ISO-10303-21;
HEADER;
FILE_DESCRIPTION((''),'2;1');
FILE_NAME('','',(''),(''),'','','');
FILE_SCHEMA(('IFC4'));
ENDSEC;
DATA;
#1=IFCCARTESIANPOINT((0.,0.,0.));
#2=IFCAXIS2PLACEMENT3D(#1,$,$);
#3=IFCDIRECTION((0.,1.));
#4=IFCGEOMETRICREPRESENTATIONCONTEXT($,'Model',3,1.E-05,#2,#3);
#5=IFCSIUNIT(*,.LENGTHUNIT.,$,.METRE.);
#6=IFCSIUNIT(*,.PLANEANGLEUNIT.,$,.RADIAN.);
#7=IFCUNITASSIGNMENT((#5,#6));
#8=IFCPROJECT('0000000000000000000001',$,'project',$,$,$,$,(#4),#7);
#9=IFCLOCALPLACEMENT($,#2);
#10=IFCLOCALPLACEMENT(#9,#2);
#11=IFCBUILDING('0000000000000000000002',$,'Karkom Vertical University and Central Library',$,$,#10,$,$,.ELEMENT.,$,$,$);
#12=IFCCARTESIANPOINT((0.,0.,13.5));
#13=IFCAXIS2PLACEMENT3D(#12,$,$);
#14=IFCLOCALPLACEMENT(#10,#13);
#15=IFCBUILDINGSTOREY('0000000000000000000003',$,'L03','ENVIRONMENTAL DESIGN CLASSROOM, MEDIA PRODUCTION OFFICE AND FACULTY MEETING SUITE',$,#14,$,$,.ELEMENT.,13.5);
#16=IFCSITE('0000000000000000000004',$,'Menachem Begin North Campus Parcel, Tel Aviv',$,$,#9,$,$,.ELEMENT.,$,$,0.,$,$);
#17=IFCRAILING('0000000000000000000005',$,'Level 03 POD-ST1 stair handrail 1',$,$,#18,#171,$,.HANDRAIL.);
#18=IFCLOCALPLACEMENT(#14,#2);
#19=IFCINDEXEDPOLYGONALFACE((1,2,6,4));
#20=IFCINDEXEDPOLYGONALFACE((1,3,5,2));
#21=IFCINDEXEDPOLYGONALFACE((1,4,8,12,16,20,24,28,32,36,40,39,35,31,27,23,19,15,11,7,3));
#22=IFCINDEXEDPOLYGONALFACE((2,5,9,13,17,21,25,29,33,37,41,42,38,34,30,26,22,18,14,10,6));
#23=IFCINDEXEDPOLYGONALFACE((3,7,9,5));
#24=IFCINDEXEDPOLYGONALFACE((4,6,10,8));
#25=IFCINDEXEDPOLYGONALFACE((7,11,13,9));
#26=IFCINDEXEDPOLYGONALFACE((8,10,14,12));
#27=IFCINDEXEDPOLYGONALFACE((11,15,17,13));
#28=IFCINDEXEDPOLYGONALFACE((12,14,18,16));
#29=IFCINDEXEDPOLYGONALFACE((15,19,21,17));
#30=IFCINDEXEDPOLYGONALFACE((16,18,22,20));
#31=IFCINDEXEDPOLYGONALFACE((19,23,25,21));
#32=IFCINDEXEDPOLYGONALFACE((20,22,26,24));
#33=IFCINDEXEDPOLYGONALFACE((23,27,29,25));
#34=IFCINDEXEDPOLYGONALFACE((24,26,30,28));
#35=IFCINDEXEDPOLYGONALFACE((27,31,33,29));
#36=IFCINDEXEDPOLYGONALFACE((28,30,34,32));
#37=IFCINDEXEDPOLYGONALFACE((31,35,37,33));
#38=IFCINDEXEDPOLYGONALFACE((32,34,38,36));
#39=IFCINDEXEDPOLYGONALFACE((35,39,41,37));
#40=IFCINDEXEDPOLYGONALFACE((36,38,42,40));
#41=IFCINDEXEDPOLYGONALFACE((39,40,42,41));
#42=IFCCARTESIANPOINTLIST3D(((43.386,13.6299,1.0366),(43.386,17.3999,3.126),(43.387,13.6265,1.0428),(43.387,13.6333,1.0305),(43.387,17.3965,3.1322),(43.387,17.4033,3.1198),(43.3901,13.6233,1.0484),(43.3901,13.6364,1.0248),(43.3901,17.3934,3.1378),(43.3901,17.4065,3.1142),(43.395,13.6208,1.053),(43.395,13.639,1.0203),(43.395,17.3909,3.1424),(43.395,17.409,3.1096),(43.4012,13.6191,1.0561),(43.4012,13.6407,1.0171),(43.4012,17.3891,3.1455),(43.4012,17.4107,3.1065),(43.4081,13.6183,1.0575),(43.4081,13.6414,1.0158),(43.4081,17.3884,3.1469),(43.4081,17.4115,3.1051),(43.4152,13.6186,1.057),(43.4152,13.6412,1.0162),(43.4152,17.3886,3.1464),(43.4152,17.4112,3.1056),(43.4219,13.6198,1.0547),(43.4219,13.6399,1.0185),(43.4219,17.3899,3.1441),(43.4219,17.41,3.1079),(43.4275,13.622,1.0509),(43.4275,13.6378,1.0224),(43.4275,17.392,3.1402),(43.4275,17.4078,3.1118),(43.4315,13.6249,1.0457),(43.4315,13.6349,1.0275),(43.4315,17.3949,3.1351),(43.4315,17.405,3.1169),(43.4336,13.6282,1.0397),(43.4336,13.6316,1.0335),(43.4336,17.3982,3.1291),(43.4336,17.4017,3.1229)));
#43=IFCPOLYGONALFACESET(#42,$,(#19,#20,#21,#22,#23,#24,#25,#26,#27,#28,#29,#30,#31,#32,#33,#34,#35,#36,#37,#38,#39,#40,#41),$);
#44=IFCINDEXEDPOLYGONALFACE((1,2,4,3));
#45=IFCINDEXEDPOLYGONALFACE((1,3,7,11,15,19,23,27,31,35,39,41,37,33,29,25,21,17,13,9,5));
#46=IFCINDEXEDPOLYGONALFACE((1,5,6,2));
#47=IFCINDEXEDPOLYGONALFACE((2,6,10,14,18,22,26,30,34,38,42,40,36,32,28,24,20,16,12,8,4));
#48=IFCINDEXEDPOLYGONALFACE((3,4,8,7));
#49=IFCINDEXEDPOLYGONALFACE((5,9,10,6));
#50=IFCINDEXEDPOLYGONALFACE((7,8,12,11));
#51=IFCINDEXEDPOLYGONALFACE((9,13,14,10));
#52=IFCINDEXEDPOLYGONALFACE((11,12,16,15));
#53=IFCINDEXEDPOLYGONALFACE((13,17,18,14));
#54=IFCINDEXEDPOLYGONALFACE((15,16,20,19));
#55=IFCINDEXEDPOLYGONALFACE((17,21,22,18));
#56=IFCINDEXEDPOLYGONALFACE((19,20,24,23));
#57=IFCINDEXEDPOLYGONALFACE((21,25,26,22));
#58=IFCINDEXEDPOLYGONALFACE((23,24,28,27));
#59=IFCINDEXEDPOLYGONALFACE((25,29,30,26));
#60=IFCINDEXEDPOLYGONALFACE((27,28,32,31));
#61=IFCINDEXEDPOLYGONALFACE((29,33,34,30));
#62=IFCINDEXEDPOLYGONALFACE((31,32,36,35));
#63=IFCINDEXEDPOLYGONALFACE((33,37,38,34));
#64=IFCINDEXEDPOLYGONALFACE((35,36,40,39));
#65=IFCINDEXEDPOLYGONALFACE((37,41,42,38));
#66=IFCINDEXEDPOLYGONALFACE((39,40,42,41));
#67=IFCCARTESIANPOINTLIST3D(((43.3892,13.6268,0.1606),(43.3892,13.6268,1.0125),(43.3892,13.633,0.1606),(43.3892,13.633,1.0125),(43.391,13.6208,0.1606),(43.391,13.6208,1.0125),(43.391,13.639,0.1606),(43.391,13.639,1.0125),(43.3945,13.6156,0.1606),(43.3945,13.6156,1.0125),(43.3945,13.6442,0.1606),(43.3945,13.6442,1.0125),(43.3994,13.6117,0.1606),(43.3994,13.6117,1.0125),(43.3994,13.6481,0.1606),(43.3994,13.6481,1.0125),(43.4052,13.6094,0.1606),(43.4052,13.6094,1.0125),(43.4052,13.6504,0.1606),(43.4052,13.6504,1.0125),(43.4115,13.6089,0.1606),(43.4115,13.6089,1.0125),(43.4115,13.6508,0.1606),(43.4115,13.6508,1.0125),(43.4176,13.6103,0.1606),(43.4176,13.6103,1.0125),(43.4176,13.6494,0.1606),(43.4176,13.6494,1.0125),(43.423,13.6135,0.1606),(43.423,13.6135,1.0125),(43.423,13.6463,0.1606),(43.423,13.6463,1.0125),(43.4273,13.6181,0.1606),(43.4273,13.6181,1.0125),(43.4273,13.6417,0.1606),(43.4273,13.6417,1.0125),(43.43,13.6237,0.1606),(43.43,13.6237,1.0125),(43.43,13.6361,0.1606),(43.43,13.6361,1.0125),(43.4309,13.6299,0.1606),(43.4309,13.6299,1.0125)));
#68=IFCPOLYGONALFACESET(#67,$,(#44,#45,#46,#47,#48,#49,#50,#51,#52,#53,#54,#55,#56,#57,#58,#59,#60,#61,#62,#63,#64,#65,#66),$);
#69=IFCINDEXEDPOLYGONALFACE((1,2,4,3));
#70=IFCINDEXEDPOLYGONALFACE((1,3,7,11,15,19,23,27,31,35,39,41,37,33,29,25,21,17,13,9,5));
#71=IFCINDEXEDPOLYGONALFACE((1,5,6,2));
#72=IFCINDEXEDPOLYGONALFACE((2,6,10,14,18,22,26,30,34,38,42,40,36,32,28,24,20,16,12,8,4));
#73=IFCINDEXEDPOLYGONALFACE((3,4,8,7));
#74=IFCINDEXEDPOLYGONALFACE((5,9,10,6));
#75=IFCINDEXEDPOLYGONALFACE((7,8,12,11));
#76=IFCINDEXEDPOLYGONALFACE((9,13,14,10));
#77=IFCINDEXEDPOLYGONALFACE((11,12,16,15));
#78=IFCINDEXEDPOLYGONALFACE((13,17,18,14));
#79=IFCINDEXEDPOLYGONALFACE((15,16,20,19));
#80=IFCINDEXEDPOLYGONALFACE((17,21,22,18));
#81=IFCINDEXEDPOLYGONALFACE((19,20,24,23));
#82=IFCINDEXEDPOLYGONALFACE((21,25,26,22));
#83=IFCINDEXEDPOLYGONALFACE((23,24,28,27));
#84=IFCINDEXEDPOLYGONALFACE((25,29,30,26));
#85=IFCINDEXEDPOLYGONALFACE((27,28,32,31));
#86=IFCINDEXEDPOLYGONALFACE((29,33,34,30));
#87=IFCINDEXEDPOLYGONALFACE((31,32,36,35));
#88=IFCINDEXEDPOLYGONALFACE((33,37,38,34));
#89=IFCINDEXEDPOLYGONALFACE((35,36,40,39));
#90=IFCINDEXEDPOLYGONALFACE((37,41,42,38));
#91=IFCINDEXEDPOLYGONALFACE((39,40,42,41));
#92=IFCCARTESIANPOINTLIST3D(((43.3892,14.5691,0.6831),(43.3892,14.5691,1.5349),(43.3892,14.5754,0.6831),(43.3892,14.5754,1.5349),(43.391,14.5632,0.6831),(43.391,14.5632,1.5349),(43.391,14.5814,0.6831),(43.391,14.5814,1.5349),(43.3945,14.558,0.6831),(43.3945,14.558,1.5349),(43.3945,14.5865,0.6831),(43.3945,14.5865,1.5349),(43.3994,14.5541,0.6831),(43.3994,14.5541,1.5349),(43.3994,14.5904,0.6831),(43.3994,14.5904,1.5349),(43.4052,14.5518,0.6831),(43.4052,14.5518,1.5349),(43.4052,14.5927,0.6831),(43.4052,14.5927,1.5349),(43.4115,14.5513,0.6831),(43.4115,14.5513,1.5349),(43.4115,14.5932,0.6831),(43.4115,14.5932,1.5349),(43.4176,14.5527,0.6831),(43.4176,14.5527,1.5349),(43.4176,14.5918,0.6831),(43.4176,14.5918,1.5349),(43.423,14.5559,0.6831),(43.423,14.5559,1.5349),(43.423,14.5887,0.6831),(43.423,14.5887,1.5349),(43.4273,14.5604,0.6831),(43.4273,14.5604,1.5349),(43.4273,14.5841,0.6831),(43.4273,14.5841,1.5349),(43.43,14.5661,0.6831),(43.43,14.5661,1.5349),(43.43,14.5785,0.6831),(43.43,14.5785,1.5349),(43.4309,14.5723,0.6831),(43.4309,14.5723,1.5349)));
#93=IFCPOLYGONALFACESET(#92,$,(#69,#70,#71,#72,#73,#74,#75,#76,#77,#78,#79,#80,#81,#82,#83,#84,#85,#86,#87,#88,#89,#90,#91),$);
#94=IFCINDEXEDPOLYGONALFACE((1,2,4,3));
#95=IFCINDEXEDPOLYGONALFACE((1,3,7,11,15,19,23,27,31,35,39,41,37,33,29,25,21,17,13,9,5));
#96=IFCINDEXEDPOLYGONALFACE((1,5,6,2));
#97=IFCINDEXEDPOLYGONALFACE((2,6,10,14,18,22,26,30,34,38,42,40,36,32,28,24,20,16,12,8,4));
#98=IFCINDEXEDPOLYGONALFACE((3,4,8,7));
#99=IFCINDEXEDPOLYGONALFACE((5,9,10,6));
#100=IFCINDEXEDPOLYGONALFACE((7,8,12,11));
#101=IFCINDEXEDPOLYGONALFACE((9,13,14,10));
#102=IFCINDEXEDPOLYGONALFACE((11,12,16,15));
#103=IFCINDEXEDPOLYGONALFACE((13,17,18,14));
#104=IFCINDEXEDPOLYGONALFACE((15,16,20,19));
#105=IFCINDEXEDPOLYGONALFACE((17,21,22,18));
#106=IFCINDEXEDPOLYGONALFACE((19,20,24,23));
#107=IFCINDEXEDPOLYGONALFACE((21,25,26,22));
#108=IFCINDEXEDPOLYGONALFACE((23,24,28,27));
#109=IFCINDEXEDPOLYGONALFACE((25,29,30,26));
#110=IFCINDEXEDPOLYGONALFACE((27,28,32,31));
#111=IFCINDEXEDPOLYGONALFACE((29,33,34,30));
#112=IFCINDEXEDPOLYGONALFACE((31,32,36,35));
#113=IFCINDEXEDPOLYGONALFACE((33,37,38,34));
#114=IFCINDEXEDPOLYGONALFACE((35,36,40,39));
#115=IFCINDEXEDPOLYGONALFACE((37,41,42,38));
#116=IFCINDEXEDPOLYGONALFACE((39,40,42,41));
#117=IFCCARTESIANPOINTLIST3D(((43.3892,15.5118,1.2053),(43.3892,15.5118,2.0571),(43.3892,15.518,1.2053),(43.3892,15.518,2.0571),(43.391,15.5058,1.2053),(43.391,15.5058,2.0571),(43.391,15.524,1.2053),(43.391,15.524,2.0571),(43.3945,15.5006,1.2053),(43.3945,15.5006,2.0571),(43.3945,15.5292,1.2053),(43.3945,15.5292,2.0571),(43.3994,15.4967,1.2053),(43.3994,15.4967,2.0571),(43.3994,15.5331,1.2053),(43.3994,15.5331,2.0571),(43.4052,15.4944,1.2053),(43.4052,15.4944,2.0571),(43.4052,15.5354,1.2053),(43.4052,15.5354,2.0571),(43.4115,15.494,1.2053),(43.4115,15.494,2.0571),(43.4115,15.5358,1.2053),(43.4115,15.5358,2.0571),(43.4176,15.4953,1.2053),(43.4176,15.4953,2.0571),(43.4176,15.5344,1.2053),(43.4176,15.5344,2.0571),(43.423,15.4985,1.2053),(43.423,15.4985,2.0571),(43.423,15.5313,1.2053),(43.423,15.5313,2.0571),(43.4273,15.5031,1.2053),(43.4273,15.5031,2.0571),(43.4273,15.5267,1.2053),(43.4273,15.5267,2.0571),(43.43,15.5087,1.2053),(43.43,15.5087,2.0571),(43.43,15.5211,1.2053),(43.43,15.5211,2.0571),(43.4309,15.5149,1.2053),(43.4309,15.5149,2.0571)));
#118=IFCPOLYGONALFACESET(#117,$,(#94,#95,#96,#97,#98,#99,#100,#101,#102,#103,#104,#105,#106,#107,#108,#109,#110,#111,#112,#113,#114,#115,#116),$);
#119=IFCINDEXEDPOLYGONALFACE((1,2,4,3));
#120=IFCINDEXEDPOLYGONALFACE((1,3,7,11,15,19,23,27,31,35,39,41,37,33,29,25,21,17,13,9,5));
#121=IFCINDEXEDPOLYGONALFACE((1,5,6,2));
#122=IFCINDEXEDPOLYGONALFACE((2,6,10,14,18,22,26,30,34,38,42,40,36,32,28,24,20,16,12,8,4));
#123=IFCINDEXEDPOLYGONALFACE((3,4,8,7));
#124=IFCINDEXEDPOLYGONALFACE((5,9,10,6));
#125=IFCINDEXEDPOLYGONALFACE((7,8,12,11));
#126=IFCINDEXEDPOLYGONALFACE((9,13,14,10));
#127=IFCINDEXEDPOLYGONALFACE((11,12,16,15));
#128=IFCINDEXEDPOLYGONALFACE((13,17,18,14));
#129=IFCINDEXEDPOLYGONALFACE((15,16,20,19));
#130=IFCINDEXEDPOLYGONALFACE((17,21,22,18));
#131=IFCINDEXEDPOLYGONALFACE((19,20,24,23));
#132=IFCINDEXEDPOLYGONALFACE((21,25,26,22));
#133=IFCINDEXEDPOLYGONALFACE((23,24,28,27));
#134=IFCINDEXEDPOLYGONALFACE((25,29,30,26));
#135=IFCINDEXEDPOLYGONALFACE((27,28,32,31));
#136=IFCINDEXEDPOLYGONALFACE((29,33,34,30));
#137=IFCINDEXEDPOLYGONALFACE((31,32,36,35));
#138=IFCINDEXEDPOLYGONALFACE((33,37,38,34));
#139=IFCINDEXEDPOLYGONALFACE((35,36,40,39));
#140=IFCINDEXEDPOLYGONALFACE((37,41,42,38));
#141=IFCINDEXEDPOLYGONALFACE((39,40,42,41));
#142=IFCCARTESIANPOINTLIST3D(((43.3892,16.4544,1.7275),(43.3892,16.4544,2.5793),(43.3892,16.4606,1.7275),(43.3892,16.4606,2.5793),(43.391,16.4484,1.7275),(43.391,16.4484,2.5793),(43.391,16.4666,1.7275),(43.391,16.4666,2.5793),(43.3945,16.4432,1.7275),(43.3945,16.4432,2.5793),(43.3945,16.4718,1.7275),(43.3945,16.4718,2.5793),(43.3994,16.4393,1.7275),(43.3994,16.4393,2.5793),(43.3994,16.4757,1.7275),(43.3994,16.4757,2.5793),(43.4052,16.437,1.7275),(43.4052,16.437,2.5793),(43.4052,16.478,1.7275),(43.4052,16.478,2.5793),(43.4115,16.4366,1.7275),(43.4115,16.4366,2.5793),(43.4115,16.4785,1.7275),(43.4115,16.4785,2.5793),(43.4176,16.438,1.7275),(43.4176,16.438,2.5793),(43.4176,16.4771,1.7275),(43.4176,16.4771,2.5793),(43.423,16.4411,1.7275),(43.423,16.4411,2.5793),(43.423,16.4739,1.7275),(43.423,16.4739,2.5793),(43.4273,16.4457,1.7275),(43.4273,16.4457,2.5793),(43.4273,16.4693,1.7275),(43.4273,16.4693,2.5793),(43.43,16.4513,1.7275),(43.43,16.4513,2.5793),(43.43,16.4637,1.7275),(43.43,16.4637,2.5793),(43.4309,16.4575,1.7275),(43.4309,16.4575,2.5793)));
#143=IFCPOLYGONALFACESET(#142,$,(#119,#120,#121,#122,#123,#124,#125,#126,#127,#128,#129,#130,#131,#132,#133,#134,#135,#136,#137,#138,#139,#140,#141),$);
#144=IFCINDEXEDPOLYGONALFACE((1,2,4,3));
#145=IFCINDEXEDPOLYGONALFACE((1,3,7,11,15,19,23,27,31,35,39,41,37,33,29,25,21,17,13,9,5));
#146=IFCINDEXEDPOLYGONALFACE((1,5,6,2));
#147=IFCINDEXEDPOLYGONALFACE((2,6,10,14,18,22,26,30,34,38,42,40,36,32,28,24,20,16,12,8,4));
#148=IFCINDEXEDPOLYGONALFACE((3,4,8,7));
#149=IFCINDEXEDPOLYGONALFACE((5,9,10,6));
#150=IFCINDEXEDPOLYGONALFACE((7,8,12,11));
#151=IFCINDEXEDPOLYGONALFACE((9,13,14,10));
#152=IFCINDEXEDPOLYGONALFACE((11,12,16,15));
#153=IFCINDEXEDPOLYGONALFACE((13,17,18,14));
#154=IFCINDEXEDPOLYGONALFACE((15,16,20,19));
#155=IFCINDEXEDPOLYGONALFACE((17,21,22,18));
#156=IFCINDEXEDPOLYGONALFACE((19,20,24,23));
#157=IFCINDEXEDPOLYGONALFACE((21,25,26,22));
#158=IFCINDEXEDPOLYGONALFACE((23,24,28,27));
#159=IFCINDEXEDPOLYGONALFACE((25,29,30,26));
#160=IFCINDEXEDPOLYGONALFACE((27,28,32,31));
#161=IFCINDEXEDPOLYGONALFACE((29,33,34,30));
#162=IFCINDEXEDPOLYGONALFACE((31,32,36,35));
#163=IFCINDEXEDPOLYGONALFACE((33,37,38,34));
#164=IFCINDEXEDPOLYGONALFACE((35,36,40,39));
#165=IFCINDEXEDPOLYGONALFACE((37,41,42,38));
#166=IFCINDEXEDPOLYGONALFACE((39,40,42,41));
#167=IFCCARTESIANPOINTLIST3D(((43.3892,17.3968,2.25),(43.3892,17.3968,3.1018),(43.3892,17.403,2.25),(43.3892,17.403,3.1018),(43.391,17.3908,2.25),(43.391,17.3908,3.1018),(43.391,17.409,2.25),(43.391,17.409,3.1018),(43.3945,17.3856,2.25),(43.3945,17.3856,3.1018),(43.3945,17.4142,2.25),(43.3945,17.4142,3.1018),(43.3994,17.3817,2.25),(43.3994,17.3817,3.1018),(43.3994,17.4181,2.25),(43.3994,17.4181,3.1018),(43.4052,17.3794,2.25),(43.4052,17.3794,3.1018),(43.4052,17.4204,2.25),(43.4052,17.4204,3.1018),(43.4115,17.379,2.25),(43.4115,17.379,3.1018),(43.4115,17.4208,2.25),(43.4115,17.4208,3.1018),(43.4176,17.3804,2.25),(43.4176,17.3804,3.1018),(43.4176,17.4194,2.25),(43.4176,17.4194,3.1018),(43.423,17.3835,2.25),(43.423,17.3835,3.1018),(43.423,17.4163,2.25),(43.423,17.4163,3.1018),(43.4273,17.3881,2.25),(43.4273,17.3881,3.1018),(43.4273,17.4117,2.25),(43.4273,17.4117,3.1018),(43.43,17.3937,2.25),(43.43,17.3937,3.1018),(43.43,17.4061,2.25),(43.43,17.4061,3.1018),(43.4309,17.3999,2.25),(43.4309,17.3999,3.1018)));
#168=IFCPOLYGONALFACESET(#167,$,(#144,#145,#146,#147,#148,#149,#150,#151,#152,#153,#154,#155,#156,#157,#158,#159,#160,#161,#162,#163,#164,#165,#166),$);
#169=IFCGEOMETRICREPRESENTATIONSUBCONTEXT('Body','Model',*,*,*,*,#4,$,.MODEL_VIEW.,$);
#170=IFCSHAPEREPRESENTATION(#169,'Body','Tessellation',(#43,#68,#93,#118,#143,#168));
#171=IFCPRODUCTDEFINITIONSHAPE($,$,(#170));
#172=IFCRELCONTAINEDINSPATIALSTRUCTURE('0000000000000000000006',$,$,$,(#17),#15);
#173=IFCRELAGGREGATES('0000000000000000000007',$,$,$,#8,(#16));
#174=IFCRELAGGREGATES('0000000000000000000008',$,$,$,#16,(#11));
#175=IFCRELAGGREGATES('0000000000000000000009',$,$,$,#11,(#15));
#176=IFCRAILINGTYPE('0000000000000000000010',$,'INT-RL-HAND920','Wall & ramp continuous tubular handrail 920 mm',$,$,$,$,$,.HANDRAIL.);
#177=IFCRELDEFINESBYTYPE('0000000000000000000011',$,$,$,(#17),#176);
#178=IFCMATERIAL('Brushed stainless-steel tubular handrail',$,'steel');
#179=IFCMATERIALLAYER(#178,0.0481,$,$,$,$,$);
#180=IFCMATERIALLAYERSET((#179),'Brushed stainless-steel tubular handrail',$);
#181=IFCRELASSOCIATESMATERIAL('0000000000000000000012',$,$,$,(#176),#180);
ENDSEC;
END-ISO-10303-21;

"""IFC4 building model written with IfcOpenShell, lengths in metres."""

from ifc_helpers import new_model, si_unit, direction, frame, origin, origin_2d, place, context, subcontext, project, spatial, circle, extrude, material, layer, layer_set, type_object, element, save


model = new_model("IFC4")

# Units and contexts
model_context = context("Model", 3, precision=1e-05, world=origin(), true_north=direction((0.0, 1.0)))
body_context = subcontext(model_context, "Body", "Model", "MODEL_VIEW")
ifc_project = project(units=[si_unit("LENGTHUNIT", "METRE"), si_unit("PLANEANGLEUNIT", "RADIAN")], contexts=[model_context])

# Site, building, storey
site_placement = place(None, origin())
site = spatial("IfcSite", under=ifc_project, at=site_placement, Name="Menachem Begin North Campus Parcel, Tel Aviv", CompositionType="ELEMENT", RefElevation=0.0)
building_placement = place(site_placement, origin())
building = spatial("IfcBuilding", under=site, at=building_placement, Name="Karkom Vertical University and Central Library", CompositionType="ELEMENT")
storey_placement = place(building_placement, frame((0.0, 0.0, 13.5)))
storey = spatial("IfcBuildingStorey", under=building, at=storey_placement, Name="L03", Description="ENVIRONMENTAL DESIGN CLASSROOM, MEDIA PRODUCTION OFFICE AND FACULTY MEETING SUITE", CompositionType="ELEMENT", Elevation=13.5)

# Railing
ifc_material_1 = material(Name="Brushed stainless-steel tubular handrail", Category="steel")
ifc_layer_1 = layer(ifc_material_1, 0.0481)
ifc_layer_set_1 = layer_set([ifc_layer_1], Name="Brushed stainless-steel tubular handrail")
railing_type_1 = type_object("IfcRailingType", Name="INT-RL-HAND920", Description="Wall & ramp continuous tubular handrail 920 mm", PredefinedType="HANDRAIL", material=ifc_layer_set_1)
railing_1_placement = place(storey_placement, frame((43.4099, 13.6299, 0.1606)))
element("IfcRailing", 1, at=railing_1_placement, inside=storey, type_object=railing_type_1, Name="Level 03 POD-ST1 stair handrail 1", PredefinedType="HANDRAIL", context=body_context, shape_type="SweptSolid", body=[
    extrude(circle(Radius=0.0239, at=origin_2d()), frame((0.0, 0.0, 0.876), z_axis=(0.0, 0.874659, 0.484739), x_axis=(-1.0, 0.0, 0.0)), (0.0, 0.0, 1.0), 4.3103),
    extrude(circle(Radius=0.021, at=origin_2d()), origin(), (0.0, 0.0, 1.0), 0.8518),
    extrude(circle(Radius=0.021, at=origin_2d()), frame((0.0, 0.9424, 0.5225)), (0.0, 0.0, 1.0), 0.8518),
    extrude(circle(Radius=0.021, at=origin_2d()), frame((0.0, 1.885, 1.0447)), (0.0, 0.0, 1.0), 0.8518),
    extrude(circle(Radius=0.021, at=origin_2d()), frame((0.0, 2.8276, 1.5669)), (0.0, 0.0, 1.0), 0.8518),
    extrude(circle(Radius=0.021, at=origin_2d()), frame((0.0, 3.77, 2.0894)), (0.0, 0.0, 1.0), 0.8518),
])

save(model, "model.ifc")
